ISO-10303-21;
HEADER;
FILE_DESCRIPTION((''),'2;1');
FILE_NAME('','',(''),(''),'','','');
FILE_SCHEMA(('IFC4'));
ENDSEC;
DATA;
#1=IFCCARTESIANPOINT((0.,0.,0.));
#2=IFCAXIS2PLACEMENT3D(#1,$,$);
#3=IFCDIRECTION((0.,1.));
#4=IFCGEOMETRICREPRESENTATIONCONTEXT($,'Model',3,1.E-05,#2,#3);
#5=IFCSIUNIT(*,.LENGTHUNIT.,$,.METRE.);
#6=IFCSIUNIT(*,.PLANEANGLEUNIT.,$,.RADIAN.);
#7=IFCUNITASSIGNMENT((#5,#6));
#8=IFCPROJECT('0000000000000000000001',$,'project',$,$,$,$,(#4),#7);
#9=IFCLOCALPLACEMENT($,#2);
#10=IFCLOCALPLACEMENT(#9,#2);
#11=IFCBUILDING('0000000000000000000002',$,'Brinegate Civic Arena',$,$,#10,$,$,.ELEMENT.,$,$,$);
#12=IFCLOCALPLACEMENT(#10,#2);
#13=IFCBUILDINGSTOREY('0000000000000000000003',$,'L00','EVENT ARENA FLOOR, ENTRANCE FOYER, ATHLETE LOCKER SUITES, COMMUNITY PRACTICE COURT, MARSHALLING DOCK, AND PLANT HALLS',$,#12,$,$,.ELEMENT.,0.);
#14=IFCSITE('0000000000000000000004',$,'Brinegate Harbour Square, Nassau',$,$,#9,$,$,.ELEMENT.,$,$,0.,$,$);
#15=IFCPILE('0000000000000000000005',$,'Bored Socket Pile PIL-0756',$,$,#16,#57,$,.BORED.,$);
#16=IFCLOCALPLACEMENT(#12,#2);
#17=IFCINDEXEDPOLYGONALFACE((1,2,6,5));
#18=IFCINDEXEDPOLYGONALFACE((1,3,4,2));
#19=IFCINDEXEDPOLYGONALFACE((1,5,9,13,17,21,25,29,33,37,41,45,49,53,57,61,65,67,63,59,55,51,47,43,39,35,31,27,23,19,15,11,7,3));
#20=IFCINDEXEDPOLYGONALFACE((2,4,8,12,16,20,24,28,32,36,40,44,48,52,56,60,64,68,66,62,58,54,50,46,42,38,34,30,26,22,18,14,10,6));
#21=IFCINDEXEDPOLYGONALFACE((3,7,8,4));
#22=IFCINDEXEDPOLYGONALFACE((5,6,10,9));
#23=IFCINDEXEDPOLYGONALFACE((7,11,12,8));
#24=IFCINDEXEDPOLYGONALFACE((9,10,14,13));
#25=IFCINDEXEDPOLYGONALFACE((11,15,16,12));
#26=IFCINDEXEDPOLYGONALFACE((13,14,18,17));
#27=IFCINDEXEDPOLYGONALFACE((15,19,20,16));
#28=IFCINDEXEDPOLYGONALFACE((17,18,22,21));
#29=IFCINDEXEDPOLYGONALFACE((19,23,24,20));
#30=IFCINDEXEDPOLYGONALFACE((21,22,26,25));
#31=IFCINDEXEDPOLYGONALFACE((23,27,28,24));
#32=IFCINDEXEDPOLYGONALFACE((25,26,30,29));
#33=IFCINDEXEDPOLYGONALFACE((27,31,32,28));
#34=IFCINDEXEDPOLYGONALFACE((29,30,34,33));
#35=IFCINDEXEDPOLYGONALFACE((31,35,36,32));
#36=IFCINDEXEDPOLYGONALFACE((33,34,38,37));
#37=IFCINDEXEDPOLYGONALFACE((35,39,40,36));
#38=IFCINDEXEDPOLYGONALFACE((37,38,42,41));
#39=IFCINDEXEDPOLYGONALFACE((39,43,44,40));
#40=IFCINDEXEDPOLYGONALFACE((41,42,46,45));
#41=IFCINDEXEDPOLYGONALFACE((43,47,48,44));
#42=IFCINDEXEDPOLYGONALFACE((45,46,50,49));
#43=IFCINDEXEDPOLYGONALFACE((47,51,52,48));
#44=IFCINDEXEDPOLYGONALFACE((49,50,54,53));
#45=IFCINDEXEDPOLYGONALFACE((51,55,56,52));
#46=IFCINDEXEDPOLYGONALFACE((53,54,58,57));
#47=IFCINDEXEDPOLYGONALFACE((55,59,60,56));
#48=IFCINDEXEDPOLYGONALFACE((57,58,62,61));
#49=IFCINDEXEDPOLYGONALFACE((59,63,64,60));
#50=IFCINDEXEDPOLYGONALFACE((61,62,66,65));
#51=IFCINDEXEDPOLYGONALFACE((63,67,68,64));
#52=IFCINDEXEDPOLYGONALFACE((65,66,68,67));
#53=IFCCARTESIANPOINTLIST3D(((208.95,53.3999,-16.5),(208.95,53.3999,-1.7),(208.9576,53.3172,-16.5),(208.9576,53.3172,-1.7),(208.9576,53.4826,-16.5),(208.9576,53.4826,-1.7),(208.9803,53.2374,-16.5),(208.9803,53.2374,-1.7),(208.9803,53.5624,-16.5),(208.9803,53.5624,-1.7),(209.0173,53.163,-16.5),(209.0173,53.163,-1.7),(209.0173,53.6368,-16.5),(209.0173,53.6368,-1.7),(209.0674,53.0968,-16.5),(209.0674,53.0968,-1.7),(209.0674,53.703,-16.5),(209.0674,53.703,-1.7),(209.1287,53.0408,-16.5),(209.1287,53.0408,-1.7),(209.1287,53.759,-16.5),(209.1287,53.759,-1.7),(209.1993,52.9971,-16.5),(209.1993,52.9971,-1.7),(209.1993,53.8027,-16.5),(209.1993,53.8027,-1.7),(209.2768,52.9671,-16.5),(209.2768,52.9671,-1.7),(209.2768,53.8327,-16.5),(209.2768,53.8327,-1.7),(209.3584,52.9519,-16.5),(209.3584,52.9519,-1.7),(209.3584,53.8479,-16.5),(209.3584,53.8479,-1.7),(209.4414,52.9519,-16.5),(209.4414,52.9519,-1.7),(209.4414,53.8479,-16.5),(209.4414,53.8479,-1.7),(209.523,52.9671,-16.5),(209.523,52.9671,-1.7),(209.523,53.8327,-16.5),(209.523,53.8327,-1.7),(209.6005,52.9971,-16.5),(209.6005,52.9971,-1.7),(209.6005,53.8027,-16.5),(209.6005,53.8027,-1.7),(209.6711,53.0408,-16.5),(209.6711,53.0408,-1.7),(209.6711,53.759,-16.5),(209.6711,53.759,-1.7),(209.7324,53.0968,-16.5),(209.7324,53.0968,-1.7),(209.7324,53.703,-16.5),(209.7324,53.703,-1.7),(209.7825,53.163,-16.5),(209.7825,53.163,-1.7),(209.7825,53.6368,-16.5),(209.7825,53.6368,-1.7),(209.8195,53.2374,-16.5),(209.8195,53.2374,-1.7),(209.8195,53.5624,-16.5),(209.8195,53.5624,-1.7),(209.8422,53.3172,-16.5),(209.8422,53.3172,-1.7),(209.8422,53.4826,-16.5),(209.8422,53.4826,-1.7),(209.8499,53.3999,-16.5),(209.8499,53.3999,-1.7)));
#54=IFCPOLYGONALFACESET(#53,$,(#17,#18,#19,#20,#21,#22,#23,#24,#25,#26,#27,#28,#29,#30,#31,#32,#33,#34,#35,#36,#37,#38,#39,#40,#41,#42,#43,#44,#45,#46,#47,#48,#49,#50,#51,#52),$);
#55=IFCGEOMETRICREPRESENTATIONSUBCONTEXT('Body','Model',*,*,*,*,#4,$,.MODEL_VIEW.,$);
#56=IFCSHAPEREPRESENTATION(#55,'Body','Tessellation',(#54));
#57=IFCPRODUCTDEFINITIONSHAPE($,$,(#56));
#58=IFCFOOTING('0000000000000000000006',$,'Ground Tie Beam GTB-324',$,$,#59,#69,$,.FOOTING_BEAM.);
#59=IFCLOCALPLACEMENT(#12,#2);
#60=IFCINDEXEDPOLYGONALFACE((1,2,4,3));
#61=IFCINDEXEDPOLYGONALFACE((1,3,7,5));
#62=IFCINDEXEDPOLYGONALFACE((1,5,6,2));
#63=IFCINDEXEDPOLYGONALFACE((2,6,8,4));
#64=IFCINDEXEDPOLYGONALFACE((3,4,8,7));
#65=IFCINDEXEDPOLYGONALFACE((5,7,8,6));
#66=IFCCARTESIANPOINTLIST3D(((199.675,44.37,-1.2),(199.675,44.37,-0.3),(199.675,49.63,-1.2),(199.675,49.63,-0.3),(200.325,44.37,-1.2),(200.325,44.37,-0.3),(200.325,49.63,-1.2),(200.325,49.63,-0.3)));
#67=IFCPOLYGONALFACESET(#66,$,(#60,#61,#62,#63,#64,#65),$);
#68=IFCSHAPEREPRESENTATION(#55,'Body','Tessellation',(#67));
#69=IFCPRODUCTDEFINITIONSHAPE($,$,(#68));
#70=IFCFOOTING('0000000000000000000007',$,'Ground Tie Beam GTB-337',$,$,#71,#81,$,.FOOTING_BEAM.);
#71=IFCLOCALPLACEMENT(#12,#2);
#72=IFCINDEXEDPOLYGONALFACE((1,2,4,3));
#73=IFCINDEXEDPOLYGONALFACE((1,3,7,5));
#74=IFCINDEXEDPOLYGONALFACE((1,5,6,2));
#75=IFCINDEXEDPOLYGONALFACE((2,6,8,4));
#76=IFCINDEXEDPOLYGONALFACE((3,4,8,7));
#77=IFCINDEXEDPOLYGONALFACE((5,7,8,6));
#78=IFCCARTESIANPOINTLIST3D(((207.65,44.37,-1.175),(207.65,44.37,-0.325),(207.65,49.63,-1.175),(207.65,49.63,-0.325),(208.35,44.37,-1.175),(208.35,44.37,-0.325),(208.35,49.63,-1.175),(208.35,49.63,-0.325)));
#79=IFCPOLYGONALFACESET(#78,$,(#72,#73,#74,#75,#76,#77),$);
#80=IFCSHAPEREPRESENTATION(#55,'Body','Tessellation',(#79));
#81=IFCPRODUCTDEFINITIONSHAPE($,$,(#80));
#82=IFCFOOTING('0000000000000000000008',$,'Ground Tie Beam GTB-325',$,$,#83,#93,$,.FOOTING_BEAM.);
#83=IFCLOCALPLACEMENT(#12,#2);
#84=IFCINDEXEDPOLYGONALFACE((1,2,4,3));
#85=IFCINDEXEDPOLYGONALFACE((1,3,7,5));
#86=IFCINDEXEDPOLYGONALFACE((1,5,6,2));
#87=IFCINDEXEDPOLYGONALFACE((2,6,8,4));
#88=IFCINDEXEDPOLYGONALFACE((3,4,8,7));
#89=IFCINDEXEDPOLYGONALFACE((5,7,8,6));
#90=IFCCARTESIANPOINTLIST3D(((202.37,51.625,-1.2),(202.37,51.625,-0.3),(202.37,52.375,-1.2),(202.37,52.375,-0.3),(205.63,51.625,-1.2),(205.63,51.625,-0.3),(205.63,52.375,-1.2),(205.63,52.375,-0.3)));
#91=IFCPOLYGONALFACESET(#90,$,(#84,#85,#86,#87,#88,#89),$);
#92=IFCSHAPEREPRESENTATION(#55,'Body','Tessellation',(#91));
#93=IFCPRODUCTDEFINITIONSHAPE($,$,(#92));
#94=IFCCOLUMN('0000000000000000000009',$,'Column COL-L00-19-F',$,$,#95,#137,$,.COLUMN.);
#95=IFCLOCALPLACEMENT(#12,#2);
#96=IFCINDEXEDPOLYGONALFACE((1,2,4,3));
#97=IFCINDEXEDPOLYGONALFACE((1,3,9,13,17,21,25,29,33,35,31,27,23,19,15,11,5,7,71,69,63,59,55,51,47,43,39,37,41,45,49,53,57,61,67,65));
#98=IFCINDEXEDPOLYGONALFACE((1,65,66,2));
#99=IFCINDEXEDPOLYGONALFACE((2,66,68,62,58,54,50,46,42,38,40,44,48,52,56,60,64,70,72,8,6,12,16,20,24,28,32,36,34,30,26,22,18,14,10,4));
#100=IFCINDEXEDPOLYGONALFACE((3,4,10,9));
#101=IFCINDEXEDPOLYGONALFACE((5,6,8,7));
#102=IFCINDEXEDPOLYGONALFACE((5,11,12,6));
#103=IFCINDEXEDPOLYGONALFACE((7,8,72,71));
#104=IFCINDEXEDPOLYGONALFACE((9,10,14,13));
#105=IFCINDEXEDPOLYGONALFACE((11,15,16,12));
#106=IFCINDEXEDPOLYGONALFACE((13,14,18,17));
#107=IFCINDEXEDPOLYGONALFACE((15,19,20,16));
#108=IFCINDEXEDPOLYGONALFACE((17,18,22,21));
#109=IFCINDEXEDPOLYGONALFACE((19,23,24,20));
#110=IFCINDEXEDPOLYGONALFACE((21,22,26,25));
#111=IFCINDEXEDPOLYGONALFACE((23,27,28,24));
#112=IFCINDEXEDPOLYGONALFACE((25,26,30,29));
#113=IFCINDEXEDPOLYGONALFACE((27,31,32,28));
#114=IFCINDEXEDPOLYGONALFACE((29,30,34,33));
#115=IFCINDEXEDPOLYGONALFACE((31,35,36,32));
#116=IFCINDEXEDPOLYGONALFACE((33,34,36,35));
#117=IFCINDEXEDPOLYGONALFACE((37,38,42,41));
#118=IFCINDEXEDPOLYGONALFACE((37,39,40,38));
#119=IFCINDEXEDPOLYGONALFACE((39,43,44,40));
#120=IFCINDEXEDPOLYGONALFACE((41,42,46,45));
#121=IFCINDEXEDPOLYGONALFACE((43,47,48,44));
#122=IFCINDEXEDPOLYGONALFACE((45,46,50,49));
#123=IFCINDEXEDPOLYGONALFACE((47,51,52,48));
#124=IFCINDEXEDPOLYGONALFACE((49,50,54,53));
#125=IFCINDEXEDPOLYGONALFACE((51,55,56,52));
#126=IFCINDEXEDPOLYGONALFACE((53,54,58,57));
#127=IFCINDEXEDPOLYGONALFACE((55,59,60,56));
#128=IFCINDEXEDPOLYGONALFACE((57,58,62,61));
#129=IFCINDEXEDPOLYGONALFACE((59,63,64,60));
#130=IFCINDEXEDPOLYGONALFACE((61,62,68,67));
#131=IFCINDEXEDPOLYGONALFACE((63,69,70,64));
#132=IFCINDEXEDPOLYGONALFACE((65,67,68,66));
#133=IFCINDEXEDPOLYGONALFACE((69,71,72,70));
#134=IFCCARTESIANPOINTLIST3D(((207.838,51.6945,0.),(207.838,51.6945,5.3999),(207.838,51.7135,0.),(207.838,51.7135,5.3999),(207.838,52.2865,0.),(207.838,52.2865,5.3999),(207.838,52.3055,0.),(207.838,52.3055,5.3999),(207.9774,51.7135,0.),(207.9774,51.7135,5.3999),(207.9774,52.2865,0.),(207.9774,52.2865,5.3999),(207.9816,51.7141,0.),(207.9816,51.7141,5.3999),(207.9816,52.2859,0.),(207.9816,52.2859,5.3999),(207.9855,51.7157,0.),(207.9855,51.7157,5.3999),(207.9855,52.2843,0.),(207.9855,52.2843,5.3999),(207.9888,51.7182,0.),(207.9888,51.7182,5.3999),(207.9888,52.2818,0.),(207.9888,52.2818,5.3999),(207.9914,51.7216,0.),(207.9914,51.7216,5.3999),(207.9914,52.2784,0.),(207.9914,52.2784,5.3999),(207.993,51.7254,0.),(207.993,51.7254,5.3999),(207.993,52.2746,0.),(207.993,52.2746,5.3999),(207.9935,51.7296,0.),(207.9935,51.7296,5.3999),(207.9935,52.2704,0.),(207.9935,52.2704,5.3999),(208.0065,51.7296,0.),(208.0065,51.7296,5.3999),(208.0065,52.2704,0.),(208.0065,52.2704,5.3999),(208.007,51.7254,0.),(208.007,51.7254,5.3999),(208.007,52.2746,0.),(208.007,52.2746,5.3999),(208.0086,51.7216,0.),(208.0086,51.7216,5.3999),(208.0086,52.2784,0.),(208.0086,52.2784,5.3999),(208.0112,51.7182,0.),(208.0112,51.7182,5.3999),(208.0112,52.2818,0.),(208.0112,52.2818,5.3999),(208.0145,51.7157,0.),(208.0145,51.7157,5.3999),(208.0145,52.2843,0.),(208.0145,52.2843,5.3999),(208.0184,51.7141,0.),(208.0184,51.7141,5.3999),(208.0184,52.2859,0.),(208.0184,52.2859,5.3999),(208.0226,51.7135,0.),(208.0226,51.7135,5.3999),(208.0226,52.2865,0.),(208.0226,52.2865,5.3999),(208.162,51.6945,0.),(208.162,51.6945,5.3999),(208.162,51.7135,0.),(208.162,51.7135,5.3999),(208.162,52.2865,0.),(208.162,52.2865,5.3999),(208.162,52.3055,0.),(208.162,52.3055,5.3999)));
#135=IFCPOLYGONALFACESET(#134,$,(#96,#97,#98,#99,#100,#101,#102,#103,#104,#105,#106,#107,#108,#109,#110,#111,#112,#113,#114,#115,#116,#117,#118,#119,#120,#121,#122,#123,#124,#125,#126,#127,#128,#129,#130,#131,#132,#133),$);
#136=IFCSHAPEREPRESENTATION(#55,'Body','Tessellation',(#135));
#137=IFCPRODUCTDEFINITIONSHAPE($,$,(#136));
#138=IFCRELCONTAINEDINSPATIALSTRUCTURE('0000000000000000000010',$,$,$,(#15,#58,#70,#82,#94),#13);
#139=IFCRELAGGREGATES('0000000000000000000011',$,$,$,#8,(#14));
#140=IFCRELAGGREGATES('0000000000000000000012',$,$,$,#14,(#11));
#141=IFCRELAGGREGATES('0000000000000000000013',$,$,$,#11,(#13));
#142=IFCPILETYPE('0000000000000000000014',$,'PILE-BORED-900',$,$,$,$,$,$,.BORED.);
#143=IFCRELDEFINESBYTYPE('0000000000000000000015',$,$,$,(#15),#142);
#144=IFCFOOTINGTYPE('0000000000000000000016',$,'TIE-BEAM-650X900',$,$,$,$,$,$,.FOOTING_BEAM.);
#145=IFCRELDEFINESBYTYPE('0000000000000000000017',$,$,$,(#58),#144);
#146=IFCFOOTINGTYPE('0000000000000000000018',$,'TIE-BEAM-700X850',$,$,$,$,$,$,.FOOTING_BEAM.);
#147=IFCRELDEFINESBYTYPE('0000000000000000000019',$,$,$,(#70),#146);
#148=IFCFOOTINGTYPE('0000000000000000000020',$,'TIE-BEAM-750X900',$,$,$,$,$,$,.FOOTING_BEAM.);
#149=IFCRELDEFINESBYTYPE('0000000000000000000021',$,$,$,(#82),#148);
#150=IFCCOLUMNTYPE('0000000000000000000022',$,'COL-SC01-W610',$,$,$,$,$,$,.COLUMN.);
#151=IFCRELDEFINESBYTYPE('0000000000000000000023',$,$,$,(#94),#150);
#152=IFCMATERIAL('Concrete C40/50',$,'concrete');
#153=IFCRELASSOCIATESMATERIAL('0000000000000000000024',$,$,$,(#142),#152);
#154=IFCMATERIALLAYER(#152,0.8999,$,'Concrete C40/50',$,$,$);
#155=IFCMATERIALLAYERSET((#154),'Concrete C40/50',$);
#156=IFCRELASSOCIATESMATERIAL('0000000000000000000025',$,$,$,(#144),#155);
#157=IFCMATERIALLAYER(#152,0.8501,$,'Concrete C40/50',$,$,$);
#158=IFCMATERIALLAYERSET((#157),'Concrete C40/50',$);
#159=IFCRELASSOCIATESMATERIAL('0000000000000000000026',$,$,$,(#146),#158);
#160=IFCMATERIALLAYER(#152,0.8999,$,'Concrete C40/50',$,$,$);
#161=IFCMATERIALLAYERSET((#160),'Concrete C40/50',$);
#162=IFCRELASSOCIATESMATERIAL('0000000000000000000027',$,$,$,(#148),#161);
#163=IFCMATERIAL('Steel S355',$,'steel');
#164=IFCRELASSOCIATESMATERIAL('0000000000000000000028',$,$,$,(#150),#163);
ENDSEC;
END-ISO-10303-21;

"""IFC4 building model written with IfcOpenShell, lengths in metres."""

from ifc_helpers import new_model, si_unit, direction, frame, origin, origin_2d, place, context, subcontext, project, spatial, rectangle, circle, i_section, extrude, material, layer, layer_set, material_profile, profile_set, type_object, element, save


model = new_model("IFC4")

# Units and contexts
model_context = context("Model", 3, precision=1e-05, world=origin(), true_north=direction((0.0, 1.0)))
body_context = subcontext(model_context, "Body", "Model", "MODEL_VIEW")
ifc_project = project(units=[si_unit("LENGTHUNIT", "METRE"), si_unit("PLANEANGLEUNIT", "RADIAN")], contexts=[model_context])

# Site, building, storey
site_placement = place(None, origin())
site = spatial("IfcSite", under=ifc_project, at=site_placement, Name="Brinegate Harbour Square, Nassau", CompositionType="ELEMENT", RefElevation=0.0)
building_placement = place(site_placement, origin())
building = spatial("IfcBuilding", under=site, at=building_placement, Name="Brinegate Civic Arena", CompositionType="ELEMENT")
storey_placement = place(building_placement, origin())
storey = spatial("IfcBuildingStorey", under=building, at=storey_placement, Name="L00", Description="EVENT ARENA FLOOR, ENTRANCE FOYER, ATHLETE LOCKER SUITES, COMMUNITY PRACTICE COURT, MARSHALLING DOCK, AND PLANT HALLS", CompositionType="ELEMENT", Elevation=0.0)

# Shared definitions
ifc_material_1 = material(Name="Concrete C40/50", Category="concrete")

# Pile
ifc_material_profile_1 = material_profile(ifc_material_1, circle(Radius=0.45, at=origin_2d()), Name="PILED900")
ifc_profile_set_1 = profile_set([ifc_material_profile_1], Name="Concrete C40/50")
pile_type = type_object("IfcPileType", Name="PILE-BORED-900", PredefinedType="BORED", material=ifc_profile_set_1)
for number, where, z_axis, x_axis, name in (
    (1, (209.3999, 53.3999, -1.7), (0.0, 0.0, -1.0), (1.0, 0.0, 0.0), "Bored Socket Pile PIL-0756"),
):
    element("IfcPile", number, at=place(storey_placement, frame(where, z_axis=z_axis, x_axis=x_axis)), inside=storey, type_object=pile_type, Name=name, PredefinedType="BORED", context=body_context, shape_type="SweptSolid", body=[
        extrude(circle(Radius=0.45, at=origin_2d()), origin(), (0.0, 0.0, 1.0), 14.8),
    ])

# Footings
ifc_layer_1 = layer(ifc_material_1, 0.8999, Name="Concrete C40/50")
ifc_layer_set_1 = layer_set([ifc_layer_1], Name="Concrete C40/50")
footing_type_1 = type_object("IfcFootingType", Name="TIE-BEAM-650X900", PredefinedType="FOOTING_BEAM", material=ifc_layer_set_1)
footing_1_placement = place(storey_placement, frame((200.0, 47.0, -1.2), z_axis=(0.0, 0.0, 1.0), x_axis=(0.0, 1.0, 0.0)))
element("IfcFooting", 2, at=footing_1_placement, inside=storey, type_object=footing_type_1, Name="Ground Tie Beam GTB-324", PredefinedType="FOOTING_BEAM", context=body_context, shape_type="SweptSolid", body=[
    extrude(rectangle(XDim=5.26, YDim=0.6499, at=origin_2d()), origin(), (0.0, 0.0, 1.0), 0.8999),
])
ifc_layer_2 = layer(ifc_material_1, 0.8501, Name="Concrete C40/50")
ifc_layer_set_2 = layer_set([ifc_layer_2], Name="Concrete C40/50")
footing_type_2 = type_object("IfcFootingType", Name="TIE-BEAM-700X850", PredefinedType="FOOTING_BEAM", material=ifc_layer_set_2)
footing_2_placement = place(storey_placement, frame((208.0, 47.0, -1.175), z_axis=(0.0, 0.0, 1.0), x_axis=(0.0, 1.0, 0.0)))
element("IfcFooting", 3, at=footing_2_placement, inside=storey, type_object=footing_type_2, Name="Ground Tie Beam GTB-337", PredefinedType="FOOTING_BEAM", context=body_context, shape_type="SweptSolid", body=[
    extrude(rectangle(XDim=5.26, YDim=0.7, at=origin_2d()), origin(), (0.0, 0.0, 1.0), 0.8501),
])
ifc_layer_3 = layer(ifc_material_1, 0.8999, Name="Concrete C40/50")
ifc_layer_set_3 = layer_set([ifc_layer_3], Name="Concrete C40/50")
footing_type_3 = type_object("IfcFootingType", Name="TIE-BEAM-750X900", PredefinedType="FOOTING_BEAM", material=ifc_layer_set_3)
footing_3_placement = place(storey_placement, frame((204.0, 52.0, -1.2), z_axis=(0.0, 0.0, 1.0), x_axis=(1.0, 0.0, 0.0)))
element("IfcFooting", 4, at=footing_3_placement, inside=storey, type_object=footing_type_3, Name="Ground Tie Beam GTB-325", PredefinedType="FOOTING_BEAM", context=body_context, shape_type="SweptSolid", body=[
    extrude(rectangle(XDim=3.26, YDim=0.75, at=origin_2d()), origin(), (0.0, 0.0, 1.0), 0.8999),
])

# Column
ifc_material_2 = material(Name="Steel S355", Category="steel")
ifc_material_profile_2 = material_profile(ifc_material_2, i_section(OverallWidth=0.324, OverallDepth=0.6111, WebThickness=0.0129, FlangeThickness=0.019, FilletRadius=0.0161, at=origin_2d()), Name="W610X155")
ifc_profile_set_2 = profile_set([ifc_material_profile_2], Name="Steel S355")
column_type_1 = type_object("IfcColumnType", Name="COL-SC01-W610", PredefinedType="COLUMN", material=ifc_profile_set_2)
column_1_placement = place(storey_placement, frame((208.0, 52.0, 0.0), z_axis=(0.0, 0.0, 1.0), x_axis=(1.0, 0.0, 0.0)))
element("IfcColumn", 5, at=column_1_placement, inside=storey, type_object=column_type_1, Name="Column COL-L00-19-F", PredefinedType="COLUMN", context=body_context, shape_type="SweptSolid", body=[
    extrude(i_section(OverallWidth=0.324, OverallDepth=0.6111, WebThickness=0.0129, FlangeThickness=0.019, FilletRadius=0.0161, at=origin_2d()), origin(), (0.0, 0.0, 1.0), 5.3999),
])

save(model, "model.ifc")
